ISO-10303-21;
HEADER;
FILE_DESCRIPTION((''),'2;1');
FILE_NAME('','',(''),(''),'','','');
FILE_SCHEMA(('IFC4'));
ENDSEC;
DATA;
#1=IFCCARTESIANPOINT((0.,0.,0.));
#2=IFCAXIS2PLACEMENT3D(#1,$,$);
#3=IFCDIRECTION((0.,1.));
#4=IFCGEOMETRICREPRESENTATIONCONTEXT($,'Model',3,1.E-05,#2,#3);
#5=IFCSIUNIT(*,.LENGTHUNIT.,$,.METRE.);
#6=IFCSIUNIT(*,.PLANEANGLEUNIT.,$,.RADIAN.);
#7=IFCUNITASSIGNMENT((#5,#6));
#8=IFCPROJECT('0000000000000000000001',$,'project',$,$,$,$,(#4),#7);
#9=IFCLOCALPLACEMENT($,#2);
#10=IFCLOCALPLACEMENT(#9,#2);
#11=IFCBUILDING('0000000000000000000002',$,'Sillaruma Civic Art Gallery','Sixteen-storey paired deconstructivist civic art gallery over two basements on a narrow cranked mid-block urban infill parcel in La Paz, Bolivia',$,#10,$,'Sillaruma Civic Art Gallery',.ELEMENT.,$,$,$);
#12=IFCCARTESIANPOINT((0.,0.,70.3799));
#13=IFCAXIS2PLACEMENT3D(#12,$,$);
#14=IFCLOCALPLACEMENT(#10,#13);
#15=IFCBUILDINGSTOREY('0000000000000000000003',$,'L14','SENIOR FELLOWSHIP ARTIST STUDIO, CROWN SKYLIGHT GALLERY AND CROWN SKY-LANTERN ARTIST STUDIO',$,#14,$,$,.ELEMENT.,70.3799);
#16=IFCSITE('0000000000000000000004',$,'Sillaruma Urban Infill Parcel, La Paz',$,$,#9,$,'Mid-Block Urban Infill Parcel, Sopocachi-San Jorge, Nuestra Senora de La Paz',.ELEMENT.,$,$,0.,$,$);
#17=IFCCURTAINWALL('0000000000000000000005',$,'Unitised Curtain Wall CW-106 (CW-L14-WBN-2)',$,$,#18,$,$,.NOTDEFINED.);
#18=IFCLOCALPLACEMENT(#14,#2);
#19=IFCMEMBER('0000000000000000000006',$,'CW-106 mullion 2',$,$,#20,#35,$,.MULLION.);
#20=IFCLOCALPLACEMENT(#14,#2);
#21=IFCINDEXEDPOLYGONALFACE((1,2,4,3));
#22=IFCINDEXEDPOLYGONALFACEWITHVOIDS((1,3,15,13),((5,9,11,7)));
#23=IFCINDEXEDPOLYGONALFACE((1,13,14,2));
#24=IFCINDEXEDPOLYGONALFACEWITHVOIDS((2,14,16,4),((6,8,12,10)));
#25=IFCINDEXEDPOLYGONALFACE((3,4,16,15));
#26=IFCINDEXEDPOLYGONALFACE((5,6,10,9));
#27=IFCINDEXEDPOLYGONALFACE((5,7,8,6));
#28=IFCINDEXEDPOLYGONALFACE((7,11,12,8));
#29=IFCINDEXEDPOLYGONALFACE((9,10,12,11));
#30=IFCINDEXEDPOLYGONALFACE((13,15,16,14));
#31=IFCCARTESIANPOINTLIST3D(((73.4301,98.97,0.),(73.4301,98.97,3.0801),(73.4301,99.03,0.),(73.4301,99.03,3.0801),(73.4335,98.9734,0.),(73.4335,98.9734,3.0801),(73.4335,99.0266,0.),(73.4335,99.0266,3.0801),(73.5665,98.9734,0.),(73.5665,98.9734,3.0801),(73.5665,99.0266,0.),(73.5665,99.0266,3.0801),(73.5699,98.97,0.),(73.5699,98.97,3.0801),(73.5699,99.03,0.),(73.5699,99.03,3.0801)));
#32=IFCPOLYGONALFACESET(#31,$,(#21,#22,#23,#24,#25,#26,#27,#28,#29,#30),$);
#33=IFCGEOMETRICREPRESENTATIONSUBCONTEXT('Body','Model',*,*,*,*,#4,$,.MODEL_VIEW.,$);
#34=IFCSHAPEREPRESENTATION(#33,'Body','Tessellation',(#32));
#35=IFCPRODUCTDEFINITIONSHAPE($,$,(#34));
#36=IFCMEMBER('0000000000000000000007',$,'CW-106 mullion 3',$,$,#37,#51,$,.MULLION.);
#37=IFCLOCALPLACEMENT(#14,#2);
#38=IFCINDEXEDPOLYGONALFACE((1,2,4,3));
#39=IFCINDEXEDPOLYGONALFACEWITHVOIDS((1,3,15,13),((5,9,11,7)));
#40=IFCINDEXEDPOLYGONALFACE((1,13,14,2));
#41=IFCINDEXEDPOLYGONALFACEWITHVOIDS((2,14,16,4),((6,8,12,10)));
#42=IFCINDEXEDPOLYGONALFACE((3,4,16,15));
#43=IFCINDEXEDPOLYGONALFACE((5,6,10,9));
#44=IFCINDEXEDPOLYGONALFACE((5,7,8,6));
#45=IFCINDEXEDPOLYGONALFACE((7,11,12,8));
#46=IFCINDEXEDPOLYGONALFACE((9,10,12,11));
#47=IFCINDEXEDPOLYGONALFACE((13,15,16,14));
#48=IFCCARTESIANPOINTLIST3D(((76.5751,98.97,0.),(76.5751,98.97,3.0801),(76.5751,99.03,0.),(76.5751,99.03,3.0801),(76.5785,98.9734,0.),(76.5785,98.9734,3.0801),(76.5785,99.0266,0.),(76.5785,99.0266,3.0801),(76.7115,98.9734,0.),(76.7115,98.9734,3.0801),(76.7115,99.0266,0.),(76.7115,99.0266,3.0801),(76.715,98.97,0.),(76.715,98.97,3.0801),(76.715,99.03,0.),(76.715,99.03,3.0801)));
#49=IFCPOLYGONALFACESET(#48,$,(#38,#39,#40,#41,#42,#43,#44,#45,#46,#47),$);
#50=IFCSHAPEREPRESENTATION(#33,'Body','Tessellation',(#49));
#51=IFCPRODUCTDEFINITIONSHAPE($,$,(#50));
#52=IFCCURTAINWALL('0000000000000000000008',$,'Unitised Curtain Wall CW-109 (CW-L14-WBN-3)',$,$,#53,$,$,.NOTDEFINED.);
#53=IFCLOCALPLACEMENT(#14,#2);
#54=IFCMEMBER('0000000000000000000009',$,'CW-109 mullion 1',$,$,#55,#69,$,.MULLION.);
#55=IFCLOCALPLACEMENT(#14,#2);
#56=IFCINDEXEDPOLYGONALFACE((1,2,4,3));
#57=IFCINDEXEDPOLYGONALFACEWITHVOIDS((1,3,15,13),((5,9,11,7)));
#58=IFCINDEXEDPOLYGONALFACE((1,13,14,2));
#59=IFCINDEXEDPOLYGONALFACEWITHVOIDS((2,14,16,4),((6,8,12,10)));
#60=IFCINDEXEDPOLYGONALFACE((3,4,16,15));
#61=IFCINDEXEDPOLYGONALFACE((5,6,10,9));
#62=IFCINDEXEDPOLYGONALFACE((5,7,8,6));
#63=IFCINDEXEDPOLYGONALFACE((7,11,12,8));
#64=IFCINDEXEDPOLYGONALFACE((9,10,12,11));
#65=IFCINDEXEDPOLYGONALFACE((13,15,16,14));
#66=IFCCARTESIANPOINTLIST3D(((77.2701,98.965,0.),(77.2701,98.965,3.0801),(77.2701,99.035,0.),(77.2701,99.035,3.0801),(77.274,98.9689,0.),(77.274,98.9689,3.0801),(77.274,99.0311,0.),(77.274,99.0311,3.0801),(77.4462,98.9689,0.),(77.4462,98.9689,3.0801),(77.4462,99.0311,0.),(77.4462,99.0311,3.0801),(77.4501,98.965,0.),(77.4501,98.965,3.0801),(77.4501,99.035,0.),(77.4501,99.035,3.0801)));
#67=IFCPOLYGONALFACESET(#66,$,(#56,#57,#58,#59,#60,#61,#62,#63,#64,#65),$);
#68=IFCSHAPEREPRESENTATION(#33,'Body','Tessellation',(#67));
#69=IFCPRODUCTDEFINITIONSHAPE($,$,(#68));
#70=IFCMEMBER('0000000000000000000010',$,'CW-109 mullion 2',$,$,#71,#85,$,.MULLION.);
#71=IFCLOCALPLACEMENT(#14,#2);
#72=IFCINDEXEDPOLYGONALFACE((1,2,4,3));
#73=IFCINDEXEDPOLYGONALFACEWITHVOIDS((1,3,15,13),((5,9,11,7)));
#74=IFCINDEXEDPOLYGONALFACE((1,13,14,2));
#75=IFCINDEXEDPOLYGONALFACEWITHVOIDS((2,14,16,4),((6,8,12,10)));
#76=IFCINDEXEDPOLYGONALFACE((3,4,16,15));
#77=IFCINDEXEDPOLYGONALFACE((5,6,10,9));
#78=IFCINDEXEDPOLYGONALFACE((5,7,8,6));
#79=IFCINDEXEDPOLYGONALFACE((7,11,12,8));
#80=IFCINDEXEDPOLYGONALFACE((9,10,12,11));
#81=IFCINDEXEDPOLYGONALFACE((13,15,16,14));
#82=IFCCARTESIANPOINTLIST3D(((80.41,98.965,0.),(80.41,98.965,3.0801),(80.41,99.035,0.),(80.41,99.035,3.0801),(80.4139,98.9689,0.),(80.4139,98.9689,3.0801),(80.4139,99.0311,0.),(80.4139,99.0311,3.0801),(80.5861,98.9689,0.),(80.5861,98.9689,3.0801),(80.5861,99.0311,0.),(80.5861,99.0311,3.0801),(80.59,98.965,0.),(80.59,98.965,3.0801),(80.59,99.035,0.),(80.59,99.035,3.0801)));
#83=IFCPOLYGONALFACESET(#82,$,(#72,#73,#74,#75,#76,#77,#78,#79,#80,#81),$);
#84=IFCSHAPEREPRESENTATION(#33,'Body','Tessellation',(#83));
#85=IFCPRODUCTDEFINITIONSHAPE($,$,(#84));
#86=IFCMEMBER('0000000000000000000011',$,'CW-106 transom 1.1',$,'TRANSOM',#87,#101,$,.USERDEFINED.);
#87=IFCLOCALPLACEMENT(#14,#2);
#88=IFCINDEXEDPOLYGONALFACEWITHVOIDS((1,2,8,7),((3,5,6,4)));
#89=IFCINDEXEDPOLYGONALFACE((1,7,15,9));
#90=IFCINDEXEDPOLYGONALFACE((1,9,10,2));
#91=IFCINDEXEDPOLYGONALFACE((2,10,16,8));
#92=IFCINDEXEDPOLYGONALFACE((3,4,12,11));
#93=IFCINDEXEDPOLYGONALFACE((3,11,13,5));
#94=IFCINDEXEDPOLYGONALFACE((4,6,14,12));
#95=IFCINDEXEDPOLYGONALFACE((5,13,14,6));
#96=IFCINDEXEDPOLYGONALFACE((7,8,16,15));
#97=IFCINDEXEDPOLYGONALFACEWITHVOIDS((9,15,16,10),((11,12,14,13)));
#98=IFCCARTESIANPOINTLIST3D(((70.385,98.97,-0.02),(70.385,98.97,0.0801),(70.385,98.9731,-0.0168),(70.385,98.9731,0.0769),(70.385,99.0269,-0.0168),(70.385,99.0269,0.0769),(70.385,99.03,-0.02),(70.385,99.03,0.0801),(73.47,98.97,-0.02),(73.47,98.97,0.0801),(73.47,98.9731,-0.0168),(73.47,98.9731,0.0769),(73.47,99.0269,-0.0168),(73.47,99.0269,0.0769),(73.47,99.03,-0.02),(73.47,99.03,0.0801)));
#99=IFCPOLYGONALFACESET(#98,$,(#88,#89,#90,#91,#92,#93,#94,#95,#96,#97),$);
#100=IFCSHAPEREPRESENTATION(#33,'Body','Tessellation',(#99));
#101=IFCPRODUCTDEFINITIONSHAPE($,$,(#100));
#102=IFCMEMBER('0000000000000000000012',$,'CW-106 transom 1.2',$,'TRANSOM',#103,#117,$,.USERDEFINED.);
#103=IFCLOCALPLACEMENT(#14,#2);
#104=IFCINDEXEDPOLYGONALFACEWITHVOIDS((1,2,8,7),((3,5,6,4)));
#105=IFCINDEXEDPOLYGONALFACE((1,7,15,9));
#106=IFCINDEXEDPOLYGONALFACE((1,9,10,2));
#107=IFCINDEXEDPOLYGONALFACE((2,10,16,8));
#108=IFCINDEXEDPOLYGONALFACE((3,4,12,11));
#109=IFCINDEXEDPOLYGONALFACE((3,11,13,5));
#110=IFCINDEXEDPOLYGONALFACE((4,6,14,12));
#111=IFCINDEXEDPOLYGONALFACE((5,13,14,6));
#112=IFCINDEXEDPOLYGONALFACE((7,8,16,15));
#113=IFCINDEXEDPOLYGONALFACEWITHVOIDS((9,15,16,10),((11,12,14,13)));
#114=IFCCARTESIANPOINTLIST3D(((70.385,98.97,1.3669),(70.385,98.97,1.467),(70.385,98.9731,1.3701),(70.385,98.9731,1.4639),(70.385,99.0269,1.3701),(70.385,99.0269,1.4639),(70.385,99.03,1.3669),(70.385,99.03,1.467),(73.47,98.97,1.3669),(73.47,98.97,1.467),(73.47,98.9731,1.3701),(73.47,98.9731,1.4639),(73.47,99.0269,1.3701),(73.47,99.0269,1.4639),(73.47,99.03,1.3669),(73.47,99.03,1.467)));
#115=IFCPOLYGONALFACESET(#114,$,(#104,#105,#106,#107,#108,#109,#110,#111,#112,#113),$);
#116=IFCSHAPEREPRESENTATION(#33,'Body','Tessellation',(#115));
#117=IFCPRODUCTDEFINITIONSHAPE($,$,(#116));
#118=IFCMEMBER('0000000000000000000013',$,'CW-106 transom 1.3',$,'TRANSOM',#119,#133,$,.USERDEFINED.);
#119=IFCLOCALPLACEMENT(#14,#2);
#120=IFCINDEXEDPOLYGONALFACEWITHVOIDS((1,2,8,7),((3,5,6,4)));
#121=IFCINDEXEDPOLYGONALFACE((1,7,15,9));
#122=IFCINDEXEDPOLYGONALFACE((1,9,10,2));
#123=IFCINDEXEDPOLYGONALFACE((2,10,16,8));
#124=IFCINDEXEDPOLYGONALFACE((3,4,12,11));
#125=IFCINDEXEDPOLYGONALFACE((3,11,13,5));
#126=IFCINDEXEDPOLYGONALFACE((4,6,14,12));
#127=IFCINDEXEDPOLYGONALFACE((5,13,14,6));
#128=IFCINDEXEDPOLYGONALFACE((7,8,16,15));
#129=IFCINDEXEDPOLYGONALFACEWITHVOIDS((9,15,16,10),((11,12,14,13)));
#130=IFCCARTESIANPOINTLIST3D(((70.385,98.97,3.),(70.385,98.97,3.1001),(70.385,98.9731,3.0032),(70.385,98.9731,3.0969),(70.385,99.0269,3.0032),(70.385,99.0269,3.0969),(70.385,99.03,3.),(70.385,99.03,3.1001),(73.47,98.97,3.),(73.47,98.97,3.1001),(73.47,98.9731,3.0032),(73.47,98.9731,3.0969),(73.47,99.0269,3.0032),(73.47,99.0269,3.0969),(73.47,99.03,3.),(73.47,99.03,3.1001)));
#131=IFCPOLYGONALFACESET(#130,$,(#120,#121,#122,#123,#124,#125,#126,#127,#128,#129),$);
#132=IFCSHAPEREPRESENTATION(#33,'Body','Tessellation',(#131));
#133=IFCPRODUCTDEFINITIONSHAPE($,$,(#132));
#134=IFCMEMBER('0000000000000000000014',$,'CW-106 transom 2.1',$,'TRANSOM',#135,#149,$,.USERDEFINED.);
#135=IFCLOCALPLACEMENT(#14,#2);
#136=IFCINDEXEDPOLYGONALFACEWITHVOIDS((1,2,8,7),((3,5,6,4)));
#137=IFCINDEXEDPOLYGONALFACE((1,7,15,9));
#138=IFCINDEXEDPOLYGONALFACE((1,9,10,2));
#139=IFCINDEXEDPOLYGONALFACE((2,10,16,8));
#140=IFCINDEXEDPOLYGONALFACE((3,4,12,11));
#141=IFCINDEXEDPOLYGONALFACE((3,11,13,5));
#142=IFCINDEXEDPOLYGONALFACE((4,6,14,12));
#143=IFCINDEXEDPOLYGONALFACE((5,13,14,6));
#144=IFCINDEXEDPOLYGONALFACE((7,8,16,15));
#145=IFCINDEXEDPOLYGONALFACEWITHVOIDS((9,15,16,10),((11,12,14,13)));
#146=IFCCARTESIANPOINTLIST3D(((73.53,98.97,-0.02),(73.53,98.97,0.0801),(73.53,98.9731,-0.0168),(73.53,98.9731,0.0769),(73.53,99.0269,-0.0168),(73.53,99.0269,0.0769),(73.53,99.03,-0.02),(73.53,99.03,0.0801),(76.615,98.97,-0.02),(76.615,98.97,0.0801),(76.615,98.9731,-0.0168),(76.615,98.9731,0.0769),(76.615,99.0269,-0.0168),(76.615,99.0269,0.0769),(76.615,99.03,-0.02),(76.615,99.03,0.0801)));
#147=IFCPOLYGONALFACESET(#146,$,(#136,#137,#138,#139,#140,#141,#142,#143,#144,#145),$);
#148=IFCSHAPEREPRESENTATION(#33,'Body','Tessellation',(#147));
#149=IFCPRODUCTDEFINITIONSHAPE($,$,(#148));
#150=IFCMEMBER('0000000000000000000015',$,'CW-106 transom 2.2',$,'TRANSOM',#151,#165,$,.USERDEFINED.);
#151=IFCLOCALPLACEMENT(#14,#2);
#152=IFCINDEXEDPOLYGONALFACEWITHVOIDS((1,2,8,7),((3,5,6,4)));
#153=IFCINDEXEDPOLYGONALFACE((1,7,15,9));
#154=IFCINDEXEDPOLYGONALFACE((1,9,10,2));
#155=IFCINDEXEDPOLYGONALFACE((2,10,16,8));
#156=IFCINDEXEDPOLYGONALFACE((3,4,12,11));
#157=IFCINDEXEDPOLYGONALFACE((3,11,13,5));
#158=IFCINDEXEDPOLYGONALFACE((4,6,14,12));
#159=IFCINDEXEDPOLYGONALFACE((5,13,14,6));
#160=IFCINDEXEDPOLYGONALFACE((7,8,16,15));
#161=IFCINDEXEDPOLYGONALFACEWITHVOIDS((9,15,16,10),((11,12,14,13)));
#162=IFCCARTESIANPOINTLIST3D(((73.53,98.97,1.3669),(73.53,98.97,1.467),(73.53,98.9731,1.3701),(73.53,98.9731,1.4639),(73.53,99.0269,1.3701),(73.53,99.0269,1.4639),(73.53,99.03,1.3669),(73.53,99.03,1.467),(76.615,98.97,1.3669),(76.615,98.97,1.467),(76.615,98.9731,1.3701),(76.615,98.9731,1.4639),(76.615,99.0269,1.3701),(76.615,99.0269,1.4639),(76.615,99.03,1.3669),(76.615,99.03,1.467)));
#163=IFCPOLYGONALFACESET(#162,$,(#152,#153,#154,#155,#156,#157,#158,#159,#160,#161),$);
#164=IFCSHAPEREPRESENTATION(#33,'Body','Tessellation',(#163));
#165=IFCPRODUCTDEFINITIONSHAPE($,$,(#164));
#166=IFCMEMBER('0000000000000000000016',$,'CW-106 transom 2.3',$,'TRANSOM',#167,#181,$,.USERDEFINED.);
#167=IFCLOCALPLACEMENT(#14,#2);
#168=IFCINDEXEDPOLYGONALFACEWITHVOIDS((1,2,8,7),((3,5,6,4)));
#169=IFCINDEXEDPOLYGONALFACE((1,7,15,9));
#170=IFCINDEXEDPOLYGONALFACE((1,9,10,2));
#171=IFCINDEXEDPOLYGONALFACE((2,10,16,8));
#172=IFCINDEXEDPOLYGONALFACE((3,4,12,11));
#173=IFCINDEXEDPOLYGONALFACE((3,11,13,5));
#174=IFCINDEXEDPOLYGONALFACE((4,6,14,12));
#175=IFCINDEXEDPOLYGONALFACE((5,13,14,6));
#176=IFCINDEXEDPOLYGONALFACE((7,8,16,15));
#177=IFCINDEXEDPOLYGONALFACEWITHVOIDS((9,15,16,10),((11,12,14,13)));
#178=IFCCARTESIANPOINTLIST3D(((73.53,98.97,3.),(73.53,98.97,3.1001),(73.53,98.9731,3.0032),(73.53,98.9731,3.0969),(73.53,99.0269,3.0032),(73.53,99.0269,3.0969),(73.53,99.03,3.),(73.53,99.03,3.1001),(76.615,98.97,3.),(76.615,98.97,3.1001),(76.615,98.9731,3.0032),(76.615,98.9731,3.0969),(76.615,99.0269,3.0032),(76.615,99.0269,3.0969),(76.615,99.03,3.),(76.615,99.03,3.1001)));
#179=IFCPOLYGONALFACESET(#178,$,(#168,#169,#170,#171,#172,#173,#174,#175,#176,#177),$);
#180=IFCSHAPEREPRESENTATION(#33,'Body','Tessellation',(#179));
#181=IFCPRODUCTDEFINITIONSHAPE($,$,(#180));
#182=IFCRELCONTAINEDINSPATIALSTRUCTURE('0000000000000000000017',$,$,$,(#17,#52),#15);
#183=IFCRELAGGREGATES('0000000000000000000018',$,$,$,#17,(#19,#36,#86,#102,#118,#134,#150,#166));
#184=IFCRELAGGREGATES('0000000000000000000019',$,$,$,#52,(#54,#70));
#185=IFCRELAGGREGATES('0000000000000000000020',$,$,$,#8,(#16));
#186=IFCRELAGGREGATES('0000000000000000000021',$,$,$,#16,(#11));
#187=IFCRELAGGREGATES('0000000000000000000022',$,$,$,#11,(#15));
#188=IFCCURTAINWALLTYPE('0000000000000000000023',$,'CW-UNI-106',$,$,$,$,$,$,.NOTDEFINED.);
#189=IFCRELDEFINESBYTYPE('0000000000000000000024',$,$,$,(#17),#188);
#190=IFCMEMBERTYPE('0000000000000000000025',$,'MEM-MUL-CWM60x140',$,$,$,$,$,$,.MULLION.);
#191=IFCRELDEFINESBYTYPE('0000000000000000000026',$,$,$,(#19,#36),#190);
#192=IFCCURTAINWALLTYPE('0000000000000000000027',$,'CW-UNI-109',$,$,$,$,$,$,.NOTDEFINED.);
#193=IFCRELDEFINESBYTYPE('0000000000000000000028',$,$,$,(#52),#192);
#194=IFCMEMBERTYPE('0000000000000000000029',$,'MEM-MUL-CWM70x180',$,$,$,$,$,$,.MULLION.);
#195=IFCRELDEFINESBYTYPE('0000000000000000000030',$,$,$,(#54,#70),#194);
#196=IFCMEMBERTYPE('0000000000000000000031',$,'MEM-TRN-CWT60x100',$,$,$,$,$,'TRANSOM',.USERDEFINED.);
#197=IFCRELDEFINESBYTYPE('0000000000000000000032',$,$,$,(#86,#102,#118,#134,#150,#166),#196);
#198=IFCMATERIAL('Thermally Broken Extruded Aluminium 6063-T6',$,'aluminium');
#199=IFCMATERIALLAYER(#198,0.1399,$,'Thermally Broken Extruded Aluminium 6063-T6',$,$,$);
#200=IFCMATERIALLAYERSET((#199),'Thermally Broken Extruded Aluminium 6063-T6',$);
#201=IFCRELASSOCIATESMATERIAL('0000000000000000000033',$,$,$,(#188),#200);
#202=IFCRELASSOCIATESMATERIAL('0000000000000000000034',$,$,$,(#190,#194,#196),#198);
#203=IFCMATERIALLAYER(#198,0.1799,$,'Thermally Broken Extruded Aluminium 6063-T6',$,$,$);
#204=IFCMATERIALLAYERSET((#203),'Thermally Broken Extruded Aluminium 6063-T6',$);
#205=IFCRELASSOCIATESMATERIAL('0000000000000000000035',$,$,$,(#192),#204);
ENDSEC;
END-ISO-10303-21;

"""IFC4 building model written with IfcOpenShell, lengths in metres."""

from ifc_helpers import new_model, si_unit, direction, frame, origin, origin_2d, place, context, subcontext, project, spatial, hollow_rectangle, extrude, material, layer, layer_set, material_profile, profile_set, type_object, element, aggregate, save


model = new_model("IFC4")

# Units and contexts
model_context = context("Model", 3, precision=1e-05, world=origin(), true_north=direction((0.0, 1.0)))
body_context = subcontext(model_context, "Body", "Model", "MODEL_VIEW")
ifc_project = project(units=[si_unit("LENGTHUNIT", "METRE"), si_unit("PLANEANGLEUNIT", "RADIAN")], contexts=[model_context])

# Site, building, storey
site_placement = place(None, origin())
site = spatial("IfcSite", under=ifc_project, at=site_placement, Name="Sillaruma Urban Infill Parcel, La Paz", LongName="Mid-Block Urban Infill Parcel, Sopocachi-San Jorge, Nuestra Senora de La Paz", CompositionType="ELEMENT", RefElevation=0.0)
building_placement = place(site_placement, origin())
building = spatial("IfcBuilding", under=site, at=building_placement, Name="Sillaruma Civic Art Gallery", Description="Sixteen-storey paired deconstructivist civic art gallery over two basements on a narrow cranked mid-block urban infill parcel in La Paz, Bolivia", LongName="Sillaruma Civic Art Gallery", CompositionType="ELEMENT")
storey_placement = place(building_placement, frame((0.0, 0.0, 70.3799)))
storey = spatial("IfcBuildingStorey", under=building, at=storey_placement, Name="L14", Description="SENIOR FELLOWSHIP ARTIST STUDIO, CROWN SKYLIGHT GALLERY AND CROWN SKY-LANTERN ARTIST STUDIO", CompositionType="ELEMENT", Elevation=70.3799)

# Curtain walls, members
ifc_material_1 = material(Name="Thermally Broken Extruded Aluminium 6063-T6", Category="aluminium")
ifc_layer_1 = layer(ifc_material_1, 0.1399, Name="Thermally Broken Extruded Aluminium 6063-T6")
ifc_layer_set_1 = layer_set([ifc_layer_1], Name="Thermally Broken Extruded Aluminium 6063-T6")
curtain_wall_type_1 = type_object("IfcCurtainWallType", Name="CW-UNI-106", PredefinedType="NOTDEFINED", material=ifc_layer_set_1)
curtain_wall_1_placement = place(storey_placement, origin())
curtain_wall_1 = element("IfcCurtainWall", 1, at=curtain_wall_1_placement, inside=storey, type_object=curtain_wall_type_1, Name="Unitised Curtain Wall CW-106 (CW-L14-WBN-2)", PredefinedType="NOTDEFINED")
ifc_material_profile_1 = material_profile(ifc_material_1, hollow_rectangle(XDim=0.0601, YDim=0.1399, WallThickness=0.0034, at=origin_2d()), Name="CWM60x140")
ifc_profile_set_1 = profile_set([ifc_material_profile_1], Name="Thermally Broken Extruded Aluminium 6063-T6")
member_type_1 = type_object("IfcMemberType", Name="MEM-MUL-CWM60x140", PredefinedType="MULLION", material=ifc_profile_set_1)
member_1_placement = place(storey_placement, frame((73.5, 99.0, 0.0), z_axis=(0.0, 0.0, 1.0), x_axis=(0.0, 1.0, 0.0)))
member_1 = element("IfcMember", 2, at=member_1_placement, type_object=member_type_1, Name="CW-106 mullion 2", PredefinedType="MULLION", context=body_context, shape_type="SweptSolid", body=[
    extrude(hollow_rectangle(XDim=0.0601, YDim=0.1399, WallThickness=0.0034, at=origin_2d()), origin(), (0.0, 0.0, 1.0), 3.0801),
])
member_2_placement = place(storey_placement, frame((76.645, 99.0, 0.0), z_axis=(0.0, 0.0, 1.0), x_axis=(0.0, 1.0, 0.0)))
member_2 = element("IfcMember", 3, at=member_2_placement, type_object=member_type_1, Name="CW-106 mullion 3", PredefinedType="MULLION", context=body_context, shape_type="SweptSolid", body=[
    extrude(hollow_rectangle(XDim=0.0601, YDim=0.1399, WallThickness=0.0034, at=origin_2d()), origin(), (0.0, 0.0, 1.0), 3.0801),
])
ifc_layer_2 = layer(ifc_material_1, 0.1799, Name="Thermally Broken Extruded Aluminium 6063-T6")
ifc_layer_set_2 = layer_set([ifc_layer_2], Name="Thermally Broken Extruded Aluminium 6063-T6")
curtain_wall_type_2 = type_object("IfcCurtainWallType", Name="CW-UNI-109", PredefinedType="NOTDEFINED", material=ifc_layer_set_2)
curtain_wall_2_placement = place(storey_placement, origin())
curtain_wall_2 = element("IfcCurtainWall", 4, at=curtain_wall_2_placement, inside=storey, type_object=curtain_wall_type_2, Name="Unitised Curtain Wall CW-109 (CW-L14-WBN-3)", PredefinedType="NOTDEFINED")
ifc_material_profile_2 = material_profile(ifc_material_1, hollow_rectangle(XDim=0.0701, YDim=0.1799, WallThickness=0.0039, at=origin_2d()), Name="CWM70x180")
ifc_profile_set_2 = profile_set([ifc_material_profile_2], Name="Thermally Broken Extruded Aluminium 6063-T6")
member_type_2 = type_object("IfcMemberType", Name="MEM-MUL-CWM70x180", PredefinedType="MULLION", material=ifc_profile_set_2)
member_3_placement = place(storey_placement, frame((77.3601, 99.0, 0.0), z_axis=(0.0, 0.0, 1.0), x_axis=(0.0, 1.0, 0.0)))
member_3 = element("IfcMember", 5, at=member_3_placement, type_object=member_type_2, Name="CW-109 mullion 1", PredefinedType="MULLION", context=body_context, shape_type="SweptSolid", body=[
    extrude(hollow_rectangle(XDim=0.0701, YDim=0.1799, WallThickness=0.0039, at=origin_2d()), origin(), (0.0, 0.0, 1.0), 3.0801),
])
member_4_placement = place(storey_placement, frame((80.5, 99.0, 0.0), z_axis=(0.0, 0.0, 1.0), x_axis=(0.0, 1.0, 0.0)))
member_4 = element("IfcMember", 6, at=member_4_placement, type_object=member_type_2, Name="CW-109 mullion 2", PredefinedType="MULLION", context=body_context, shape_type="SweptSolid", body=[
    extrude(hollow_rectangle(XDim=0.0701, YDim=0.1799, WallThickness=0.0039, at=origin_2d()), origin(), (0.0, 0.0, 1.0), 3.0801),
])

# Members
ifc_material_profile_3 = material_profile(ifc_material_1, hollow_rectangle(XDim=0.0601, YDim=0.1001, WallThickness=0.0032, at=origin_2d()), Name="CWT60x100")
ifc_profile_set_3 = profile_set([ifc_material_profile_3], Name="Thermally Broken Extruded Aluminium 6063-T6")
member_type_3 = type_object("IfcMemberType", Name="MEM-TRN-CWT60x100", ElementType="TRANSOM", PredefinedType="USERDEFINED", material=ifc_profile_set_3)
member_5_placement = place(storey_placement, frame((70.385, 99.0, 0.03), z_axis=(1.0, 0.0, 0.0), x_axis=(0.0, 1.0, 0.0)))
member_5 = element("IfcMember", 7, at=member_5_placement, type_object=member_type_3, Name="CW-106 transom 1.1", ObjectType="TRANSOM", PredefinedType="USERDEFINED", context=body_context, shape_type="SweptSolid", body=[
    extrude(hollow_rectangle(XDim=0.0601, YDim=0.1001, WallThickness=0.0032, at=origin_2d()), origin(), (0.0, 0.0, 1.0), 3.085),
])
member_6_placement = place(storey_placement, frame((70.385, 99.0, 1.417), z_axis=(1.0, 0.0, 0.0), x_axis=(0.0, 1.0, 0.0)))
member_6 = element("IfcMember", 8, at=member_6_placement, type_object=member_type_3, Name="CW-106 transom 1.2", ObjectType="TRANSOM", PredefinedType="USERDEFINED", context=body_context, shape_type="SweptSolid", body=[
    extrude(hollow_rectangle(XDim=0.0601, YDim=0.1001, WallThickness=0.0032, at=origin_2d()), origin(), (0.0, 0.0, 1.0), 3.085),
])
member_7_placement = place(storey_placement, frame((70.385, 99.0, 3.05), z_axis=(1.0, 0.0, 0.0), x_axis=(0.0, 1.0, 0.0)))
member_7 = element("IfcMember", 9, at=member_7_placement, type_object=member_type_3, Name="CW-106 transom 1.3", ObjectType="TRANSOM", PredefinedType="USERDEFINED", context=body_context, shape_type="SweptSolid", body=[
    extrude(hollow_rectangle(XDim=0.0601, YDim=0.1001, WallThickness=0.0032, at=origin_2d()), origin(), (0.0, 0.0, 1.0), 3.085),
])
member_8_placement = place(storey_placement, frame((73.53, 99.0, 0.03), z_axis=(1.0, 0.0, 0.0), x_axis=(0.0, 1.0, 0.0)))
member_8 = element("IfcMember", 10, at=member_8_placement, type_object=member_type_3, Name="CW-106 transom 2.1", ObjectType="TRANSOM", PredefinedType="USERDEFINED", context=body_context, shape_type="SweptSolid", body=[
    extrude(hollow_rectangle(XDim=0.0601, YDim=0.1001, WallThickness=0.0032, at=origin_2d()), origin(), (0.0, 0.0, 1.0), 3.085),
])
member_9_placement = place(storey_placement, frame((73.53, 99.0, 1.417), z_axis=(1.0, 0.0, 0.0), x_axis=(0.0, 1.0, 0.0)))
member_9 = element("IfcMember", 11, at=member_9_placement, type_object=member_type_3, Name="CW-106 transom 2.2", ObjectType="TRANSOM", PredefinedType="USERDEFINED", context=body_context, shape_type="SweptSolid", body=[
    extrude(hollow_rectangle(XDim=0.0601, YDim=0.1001, WallThickness=0.0032, at=origin_2d()), origin(), (0.0, 0.0, 1.0), 3.085),
])
member_10_placement = place(storey_placement, frame((73.53, 99.0, 3.05), z_axis=(1.0, 0.0, 0.0), x_axis=(0.0, 1.0, 0.0)))
member_10 = element("IfcMember", 12, at=member_10_placement, type_object=member_type_3, Name="CW-106 transom 2.3", ObjectType="TRANSOM", PredefinedType="USERDEFINED", context=body_context, shape_type="SweptSolid", body=[
    extrude(hollow_rectangle(XDim=0.0601, YDim=0.1001, WallThickness=0.0032, at=origin_2d()), origin(), (0.0, 0.0, 1.0), 3.085),
])

aggregate(curtain_wall_1, [member_1, member_2, member_5, member_6, member_7, member_8, member_9, member_10])
aggregate(curtain_wall_2, [member_3, member_4])

save(model, "model.ifc")
